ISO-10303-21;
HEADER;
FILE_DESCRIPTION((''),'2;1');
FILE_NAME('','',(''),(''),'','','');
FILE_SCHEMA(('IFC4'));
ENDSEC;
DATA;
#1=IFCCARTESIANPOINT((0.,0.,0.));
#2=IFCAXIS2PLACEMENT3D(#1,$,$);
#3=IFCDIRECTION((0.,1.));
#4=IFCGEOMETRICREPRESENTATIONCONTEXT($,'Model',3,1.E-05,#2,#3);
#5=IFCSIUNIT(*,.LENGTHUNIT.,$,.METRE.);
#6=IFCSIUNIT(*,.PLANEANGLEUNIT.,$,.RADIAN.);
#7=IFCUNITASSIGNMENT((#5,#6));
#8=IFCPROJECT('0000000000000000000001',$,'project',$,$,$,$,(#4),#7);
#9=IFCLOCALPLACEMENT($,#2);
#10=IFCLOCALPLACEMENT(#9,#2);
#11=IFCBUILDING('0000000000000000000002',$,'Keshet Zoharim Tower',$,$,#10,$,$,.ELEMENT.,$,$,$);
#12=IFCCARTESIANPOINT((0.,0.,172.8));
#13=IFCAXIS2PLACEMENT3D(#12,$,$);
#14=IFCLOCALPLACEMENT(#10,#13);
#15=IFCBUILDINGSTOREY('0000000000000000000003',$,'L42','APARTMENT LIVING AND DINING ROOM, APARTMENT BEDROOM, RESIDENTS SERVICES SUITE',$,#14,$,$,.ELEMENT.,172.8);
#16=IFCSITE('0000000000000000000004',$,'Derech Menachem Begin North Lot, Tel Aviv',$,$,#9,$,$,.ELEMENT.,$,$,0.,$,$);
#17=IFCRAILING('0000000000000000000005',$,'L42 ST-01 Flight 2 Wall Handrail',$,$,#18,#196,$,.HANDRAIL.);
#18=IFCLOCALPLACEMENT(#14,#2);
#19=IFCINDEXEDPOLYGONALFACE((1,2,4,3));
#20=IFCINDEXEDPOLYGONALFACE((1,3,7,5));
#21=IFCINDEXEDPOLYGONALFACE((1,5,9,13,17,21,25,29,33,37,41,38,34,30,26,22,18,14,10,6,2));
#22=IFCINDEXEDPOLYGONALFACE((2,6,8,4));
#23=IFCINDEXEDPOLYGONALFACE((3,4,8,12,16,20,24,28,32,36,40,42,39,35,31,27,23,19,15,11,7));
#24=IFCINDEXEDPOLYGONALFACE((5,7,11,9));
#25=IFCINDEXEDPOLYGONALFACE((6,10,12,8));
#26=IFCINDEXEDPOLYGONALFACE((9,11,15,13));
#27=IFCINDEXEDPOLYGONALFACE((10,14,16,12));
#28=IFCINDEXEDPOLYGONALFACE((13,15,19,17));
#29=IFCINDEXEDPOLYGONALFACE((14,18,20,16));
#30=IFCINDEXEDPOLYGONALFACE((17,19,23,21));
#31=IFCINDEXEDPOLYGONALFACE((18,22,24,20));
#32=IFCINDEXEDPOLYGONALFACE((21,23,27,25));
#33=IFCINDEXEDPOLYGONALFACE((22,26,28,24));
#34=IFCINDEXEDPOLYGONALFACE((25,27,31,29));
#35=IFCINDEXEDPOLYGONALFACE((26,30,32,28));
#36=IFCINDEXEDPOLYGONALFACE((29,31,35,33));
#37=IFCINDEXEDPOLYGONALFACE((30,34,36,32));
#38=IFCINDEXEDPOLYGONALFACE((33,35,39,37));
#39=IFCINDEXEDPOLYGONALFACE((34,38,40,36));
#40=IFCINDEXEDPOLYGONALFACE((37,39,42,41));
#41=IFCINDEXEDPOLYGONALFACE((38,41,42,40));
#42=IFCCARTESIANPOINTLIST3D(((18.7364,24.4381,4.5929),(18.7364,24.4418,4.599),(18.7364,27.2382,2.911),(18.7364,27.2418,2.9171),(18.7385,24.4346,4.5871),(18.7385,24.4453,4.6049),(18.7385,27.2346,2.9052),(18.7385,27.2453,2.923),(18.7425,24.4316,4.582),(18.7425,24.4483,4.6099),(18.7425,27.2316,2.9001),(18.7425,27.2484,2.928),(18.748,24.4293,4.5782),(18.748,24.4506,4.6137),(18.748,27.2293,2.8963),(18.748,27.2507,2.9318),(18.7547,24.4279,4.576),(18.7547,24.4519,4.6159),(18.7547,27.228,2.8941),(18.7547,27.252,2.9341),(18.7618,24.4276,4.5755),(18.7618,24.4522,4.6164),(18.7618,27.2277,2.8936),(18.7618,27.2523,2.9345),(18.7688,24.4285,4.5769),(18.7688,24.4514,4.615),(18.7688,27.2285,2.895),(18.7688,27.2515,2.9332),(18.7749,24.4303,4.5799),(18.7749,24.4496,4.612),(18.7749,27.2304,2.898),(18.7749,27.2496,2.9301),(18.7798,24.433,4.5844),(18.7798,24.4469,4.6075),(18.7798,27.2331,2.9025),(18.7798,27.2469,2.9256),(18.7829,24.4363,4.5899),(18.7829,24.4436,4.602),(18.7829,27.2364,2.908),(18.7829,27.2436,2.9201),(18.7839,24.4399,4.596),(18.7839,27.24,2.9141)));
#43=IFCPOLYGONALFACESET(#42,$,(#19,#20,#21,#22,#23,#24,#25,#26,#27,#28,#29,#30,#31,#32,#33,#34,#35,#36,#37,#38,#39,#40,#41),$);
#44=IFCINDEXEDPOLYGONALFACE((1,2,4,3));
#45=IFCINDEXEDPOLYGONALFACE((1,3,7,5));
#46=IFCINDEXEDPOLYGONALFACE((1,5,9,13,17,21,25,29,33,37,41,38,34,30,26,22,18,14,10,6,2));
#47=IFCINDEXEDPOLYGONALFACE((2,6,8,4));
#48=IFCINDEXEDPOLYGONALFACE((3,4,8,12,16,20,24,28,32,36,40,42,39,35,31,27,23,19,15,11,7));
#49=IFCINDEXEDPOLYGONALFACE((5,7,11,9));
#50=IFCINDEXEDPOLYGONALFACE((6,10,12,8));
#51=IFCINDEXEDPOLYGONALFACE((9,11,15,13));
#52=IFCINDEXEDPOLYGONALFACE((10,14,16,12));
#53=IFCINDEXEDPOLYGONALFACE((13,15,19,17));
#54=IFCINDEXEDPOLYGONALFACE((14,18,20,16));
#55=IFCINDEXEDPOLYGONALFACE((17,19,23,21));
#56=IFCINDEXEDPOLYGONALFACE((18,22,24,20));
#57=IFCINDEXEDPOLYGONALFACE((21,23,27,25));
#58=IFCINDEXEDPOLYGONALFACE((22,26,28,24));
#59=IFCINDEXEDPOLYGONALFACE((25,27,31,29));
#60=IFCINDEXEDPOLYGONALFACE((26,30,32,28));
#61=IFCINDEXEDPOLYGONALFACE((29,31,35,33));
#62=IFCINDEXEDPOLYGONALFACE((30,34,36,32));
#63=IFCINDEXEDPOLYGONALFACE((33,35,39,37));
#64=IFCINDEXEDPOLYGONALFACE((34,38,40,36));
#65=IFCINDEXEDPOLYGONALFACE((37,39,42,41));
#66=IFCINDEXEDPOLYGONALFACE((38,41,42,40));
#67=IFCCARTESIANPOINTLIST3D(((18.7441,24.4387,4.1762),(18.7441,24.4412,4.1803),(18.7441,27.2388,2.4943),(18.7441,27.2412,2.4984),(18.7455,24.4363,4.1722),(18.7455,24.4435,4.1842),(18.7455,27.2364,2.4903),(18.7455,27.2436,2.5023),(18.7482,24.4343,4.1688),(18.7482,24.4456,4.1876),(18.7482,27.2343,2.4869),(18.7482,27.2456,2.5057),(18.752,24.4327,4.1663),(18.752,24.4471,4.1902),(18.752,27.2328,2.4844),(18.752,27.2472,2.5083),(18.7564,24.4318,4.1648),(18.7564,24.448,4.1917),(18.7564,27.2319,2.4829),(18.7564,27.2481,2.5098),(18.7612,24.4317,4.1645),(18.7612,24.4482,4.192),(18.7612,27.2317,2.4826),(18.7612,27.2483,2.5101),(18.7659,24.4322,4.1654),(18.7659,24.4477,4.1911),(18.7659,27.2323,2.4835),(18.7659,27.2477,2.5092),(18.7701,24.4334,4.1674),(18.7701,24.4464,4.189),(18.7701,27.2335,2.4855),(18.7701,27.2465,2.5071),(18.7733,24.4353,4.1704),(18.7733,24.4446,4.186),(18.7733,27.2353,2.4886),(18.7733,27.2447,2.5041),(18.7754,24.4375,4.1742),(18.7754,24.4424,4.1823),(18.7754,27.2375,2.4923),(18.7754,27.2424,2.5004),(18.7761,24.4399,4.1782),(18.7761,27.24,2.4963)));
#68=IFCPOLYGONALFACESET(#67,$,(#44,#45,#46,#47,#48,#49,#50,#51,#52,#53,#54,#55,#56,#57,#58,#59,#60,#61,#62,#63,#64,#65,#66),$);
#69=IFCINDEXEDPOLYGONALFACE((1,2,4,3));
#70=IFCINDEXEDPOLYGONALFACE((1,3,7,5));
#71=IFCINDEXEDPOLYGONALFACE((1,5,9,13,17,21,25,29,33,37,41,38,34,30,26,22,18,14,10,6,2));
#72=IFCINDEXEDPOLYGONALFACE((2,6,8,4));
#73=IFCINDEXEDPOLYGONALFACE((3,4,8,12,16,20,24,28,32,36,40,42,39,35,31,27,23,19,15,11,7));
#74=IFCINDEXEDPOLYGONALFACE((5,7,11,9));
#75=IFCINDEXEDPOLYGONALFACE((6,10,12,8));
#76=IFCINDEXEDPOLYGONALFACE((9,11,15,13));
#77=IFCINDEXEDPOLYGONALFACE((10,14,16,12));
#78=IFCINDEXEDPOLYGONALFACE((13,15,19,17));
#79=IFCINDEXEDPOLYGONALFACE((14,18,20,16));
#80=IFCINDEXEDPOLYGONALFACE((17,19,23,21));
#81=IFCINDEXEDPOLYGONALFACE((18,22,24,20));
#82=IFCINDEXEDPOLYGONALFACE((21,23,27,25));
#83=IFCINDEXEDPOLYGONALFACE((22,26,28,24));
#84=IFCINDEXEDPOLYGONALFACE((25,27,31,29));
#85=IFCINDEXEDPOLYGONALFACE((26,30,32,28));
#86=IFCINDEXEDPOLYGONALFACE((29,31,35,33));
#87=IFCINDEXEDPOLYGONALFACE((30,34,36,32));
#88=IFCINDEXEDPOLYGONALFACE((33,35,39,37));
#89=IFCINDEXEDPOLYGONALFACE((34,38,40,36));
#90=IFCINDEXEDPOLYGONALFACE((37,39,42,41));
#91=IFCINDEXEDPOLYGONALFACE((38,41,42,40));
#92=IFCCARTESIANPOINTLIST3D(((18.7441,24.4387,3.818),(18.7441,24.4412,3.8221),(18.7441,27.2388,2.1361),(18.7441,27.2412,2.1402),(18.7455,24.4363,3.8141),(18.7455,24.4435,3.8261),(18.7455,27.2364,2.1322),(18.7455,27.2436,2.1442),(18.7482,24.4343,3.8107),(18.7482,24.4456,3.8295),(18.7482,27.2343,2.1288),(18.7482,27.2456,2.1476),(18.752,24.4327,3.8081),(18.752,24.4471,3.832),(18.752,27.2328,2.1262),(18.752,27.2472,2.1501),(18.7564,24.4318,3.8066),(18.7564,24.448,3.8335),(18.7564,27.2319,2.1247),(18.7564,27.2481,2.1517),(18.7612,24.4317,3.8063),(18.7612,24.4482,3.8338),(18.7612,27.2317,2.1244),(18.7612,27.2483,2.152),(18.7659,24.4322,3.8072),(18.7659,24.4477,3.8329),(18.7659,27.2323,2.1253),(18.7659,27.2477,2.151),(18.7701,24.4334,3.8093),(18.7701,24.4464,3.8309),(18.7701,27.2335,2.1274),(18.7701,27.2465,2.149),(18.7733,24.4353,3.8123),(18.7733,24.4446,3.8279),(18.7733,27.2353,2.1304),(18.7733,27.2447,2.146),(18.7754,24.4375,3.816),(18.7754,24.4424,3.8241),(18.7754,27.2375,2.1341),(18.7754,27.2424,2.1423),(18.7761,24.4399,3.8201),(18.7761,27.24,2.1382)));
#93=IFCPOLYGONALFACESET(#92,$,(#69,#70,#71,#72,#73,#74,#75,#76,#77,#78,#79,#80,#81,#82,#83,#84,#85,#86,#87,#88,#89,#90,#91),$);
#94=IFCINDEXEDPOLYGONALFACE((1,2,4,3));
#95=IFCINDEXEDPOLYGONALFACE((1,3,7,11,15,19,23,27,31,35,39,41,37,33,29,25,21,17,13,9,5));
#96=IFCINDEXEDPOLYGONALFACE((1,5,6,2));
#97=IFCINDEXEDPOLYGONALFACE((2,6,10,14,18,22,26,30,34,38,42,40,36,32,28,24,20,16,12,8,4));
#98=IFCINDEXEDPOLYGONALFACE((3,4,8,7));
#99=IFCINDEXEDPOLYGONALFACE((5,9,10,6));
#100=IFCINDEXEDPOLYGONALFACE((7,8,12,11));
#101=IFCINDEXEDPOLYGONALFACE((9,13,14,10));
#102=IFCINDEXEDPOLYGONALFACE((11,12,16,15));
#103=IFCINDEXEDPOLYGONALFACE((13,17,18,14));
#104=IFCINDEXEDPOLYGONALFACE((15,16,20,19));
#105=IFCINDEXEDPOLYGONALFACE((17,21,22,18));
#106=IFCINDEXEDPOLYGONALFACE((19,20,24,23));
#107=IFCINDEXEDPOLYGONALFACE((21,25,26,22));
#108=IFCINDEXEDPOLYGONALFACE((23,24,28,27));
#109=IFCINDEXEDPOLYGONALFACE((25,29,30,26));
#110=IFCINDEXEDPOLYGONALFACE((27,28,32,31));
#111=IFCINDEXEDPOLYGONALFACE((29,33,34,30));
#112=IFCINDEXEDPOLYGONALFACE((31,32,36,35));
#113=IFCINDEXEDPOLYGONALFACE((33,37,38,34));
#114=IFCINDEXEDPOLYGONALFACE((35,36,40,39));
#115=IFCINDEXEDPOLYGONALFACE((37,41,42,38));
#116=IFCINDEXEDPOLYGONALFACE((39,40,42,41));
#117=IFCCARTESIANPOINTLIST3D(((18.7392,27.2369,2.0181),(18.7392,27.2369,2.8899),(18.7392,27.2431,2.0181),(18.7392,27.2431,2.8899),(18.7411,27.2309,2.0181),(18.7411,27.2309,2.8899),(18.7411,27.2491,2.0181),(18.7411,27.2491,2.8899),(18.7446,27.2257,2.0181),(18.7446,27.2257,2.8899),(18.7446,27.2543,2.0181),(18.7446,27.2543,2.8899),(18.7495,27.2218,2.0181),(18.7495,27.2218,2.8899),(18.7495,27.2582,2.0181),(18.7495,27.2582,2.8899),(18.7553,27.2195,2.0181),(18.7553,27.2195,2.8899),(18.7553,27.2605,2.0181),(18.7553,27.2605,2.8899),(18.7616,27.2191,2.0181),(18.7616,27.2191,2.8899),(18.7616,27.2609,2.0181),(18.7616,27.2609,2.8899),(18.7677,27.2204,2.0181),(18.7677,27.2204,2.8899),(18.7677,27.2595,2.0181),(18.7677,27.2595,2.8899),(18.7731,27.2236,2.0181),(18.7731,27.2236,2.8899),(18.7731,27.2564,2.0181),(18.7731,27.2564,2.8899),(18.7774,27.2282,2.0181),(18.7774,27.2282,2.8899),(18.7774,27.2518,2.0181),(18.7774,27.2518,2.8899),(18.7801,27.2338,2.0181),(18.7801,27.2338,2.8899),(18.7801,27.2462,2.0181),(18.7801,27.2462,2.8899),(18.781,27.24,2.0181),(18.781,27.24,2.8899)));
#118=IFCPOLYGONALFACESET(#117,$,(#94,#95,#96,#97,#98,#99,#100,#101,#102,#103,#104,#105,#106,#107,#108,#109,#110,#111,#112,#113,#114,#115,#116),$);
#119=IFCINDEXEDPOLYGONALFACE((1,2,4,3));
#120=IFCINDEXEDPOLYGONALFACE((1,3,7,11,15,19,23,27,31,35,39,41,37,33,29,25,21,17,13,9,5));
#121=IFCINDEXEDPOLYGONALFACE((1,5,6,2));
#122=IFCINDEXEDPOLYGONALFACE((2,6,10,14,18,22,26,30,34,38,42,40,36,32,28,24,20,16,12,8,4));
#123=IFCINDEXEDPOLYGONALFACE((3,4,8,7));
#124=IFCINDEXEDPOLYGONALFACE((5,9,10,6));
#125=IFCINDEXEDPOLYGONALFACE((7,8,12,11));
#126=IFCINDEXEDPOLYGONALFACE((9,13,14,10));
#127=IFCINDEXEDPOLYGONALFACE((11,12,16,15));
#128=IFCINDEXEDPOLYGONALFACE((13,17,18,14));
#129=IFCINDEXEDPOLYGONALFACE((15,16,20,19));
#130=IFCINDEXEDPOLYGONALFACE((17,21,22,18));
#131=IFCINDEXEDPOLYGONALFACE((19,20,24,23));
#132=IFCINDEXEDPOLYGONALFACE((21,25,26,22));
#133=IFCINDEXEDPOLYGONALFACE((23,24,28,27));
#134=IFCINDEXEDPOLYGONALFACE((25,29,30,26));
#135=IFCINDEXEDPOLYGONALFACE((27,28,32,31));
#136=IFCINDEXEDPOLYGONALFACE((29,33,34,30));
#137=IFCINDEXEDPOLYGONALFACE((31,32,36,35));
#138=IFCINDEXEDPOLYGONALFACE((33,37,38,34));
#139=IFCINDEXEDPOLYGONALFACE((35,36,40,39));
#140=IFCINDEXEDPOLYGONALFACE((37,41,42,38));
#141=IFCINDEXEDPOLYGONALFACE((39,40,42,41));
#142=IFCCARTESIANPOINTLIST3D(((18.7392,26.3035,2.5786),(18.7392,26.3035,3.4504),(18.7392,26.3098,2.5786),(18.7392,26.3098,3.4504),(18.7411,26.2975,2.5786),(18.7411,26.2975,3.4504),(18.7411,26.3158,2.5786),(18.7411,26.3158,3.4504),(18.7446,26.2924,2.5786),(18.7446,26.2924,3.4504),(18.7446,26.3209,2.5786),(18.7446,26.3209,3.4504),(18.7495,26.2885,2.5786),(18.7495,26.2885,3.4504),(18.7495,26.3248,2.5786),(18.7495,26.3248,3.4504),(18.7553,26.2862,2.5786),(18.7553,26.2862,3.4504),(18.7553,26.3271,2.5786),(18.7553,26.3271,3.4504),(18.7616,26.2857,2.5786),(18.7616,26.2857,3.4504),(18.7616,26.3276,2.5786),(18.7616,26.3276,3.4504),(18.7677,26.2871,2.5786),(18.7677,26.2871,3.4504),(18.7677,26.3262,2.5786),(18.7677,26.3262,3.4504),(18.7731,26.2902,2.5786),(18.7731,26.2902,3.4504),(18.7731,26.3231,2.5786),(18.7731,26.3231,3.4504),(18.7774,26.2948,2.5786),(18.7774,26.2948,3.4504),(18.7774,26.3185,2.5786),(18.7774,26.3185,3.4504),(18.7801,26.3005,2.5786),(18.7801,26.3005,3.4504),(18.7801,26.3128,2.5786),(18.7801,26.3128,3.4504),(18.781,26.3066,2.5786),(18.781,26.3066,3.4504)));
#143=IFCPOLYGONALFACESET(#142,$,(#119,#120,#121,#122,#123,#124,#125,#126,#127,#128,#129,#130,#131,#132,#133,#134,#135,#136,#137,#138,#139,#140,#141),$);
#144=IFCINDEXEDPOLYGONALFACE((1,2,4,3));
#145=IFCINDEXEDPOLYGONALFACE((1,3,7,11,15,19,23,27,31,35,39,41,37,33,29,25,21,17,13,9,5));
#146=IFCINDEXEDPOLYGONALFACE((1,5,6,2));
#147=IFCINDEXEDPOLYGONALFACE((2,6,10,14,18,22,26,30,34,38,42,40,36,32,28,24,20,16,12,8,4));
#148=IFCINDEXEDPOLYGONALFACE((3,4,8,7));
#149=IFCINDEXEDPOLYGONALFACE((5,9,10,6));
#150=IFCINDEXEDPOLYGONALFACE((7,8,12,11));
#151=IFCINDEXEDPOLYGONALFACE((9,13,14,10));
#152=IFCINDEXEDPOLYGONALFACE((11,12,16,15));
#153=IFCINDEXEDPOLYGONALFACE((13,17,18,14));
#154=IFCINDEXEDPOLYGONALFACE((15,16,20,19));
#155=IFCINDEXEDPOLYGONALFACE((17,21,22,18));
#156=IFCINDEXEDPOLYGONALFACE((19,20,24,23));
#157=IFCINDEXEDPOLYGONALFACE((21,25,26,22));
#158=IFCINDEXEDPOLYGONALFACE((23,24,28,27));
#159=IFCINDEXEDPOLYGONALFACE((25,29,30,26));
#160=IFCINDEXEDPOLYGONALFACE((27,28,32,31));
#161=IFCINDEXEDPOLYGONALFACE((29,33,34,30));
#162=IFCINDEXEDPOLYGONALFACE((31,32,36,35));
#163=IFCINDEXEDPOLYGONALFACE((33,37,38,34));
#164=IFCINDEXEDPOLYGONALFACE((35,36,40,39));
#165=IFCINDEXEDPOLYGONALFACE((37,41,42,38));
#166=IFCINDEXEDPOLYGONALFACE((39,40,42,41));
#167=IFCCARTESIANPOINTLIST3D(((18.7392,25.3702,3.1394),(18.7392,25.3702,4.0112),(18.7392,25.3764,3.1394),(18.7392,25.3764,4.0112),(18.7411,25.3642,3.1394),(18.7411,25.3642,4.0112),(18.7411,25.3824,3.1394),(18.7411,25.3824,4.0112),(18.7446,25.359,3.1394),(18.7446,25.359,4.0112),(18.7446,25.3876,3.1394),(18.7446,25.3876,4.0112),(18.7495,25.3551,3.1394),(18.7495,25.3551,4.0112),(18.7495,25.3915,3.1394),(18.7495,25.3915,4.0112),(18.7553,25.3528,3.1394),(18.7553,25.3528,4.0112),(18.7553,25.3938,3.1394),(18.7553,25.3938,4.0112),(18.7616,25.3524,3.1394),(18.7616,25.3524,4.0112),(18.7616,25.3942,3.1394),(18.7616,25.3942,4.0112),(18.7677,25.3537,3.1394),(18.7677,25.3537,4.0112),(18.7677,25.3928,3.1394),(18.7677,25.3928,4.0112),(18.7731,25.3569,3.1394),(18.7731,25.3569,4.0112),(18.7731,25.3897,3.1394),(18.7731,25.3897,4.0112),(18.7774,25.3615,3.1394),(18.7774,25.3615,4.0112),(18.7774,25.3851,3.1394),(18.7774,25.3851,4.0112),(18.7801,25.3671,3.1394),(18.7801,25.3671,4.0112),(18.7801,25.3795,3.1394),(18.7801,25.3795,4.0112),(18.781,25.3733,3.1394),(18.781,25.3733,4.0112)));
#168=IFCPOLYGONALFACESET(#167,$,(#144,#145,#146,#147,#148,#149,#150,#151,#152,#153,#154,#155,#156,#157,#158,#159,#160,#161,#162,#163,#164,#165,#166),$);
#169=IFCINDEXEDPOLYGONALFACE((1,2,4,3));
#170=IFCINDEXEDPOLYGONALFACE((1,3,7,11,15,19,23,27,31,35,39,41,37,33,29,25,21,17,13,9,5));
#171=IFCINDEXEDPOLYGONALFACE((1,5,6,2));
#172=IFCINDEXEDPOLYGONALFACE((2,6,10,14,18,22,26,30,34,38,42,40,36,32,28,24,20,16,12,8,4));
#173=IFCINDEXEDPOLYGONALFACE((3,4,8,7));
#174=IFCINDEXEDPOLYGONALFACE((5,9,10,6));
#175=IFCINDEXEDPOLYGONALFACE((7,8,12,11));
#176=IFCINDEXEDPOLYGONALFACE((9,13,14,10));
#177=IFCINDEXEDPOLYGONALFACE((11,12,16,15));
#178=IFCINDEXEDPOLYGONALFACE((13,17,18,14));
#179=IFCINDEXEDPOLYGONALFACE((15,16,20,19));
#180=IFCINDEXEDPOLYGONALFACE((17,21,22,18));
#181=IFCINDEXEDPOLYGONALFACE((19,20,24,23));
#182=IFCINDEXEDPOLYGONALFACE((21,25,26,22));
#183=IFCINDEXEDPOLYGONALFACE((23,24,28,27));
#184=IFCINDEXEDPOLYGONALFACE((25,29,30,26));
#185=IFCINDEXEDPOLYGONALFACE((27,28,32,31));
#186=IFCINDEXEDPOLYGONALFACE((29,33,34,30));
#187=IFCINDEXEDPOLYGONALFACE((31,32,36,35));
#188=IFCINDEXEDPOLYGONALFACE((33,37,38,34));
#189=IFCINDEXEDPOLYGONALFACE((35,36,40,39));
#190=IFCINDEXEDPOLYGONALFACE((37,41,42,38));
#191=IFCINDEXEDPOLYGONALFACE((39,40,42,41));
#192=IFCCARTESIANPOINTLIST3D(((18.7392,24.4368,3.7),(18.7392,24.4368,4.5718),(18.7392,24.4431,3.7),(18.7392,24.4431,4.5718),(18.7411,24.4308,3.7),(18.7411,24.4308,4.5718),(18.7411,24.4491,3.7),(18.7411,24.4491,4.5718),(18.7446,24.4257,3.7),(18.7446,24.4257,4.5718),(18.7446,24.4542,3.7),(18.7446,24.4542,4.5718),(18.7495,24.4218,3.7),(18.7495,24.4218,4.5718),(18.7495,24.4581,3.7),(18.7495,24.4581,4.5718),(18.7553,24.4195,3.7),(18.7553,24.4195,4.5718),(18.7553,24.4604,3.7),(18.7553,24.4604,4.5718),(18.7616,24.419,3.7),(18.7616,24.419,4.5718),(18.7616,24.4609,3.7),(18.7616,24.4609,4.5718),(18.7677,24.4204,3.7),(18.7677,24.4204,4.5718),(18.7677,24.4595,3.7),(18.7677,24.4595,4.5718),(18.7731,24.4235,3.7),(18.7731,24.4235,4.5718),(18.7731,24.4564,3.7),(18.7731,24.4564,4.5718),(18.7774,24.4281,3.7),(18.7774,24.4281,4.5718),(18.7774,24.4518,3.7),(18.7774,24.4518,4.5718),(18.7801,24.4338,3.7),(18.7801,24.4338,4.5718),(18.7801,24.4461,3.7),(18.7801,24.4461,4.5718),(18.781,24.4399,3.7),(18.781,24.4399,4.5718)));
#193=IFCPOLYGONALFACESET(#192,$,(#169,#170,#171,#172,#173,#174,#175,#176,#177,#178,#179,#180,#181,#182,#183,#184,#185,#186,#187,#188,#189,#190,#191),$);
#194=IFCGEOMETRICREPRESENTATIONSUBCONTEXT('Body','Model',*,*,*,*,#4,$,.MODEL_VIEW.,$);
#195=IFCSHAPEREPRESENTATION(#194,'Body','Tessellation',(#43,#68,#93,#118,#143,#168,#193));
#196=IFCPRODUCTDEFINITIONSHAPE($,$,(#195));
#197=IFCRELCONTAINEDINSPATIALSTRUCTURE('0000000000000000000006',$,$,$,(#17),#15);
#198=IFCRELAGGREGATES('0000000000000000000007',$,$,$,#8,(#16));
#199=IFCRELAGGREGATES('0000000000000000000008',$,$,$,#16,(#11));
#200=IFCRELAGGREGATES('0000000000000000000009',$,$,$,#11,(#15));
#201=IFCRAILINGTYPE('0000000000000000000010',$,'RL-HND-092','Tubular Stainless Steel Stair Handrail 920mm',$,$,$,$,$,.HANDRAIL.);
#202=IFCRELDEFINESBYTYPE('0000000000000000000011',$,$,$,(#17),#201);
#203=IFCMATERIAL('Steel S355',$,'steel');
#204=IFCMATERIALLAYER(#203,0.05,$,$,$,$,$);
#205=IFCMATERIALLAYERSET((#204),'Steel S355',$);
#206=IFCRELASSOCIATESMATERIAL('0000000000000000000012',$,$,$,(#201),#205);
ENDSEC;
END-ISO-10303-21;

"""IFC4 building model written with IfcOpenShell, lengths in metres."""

from ifc_helpers import new_model, si_unit, direction, frame, origin, origin_2d, place, context, subcontext, project, spatial, circle, extrude, material, layer, layer_set, type_object, element, save


model = new_model("IFC4")

# Units and contexts
model_context = context("Model", 3, precision=1e-05, world=origin(), true_north=direction((0.0, 1.0)))
body_context = subcontext(model_context, "Body", "Model", "MODEL_VIEW")
ifc_project = project(units=[si_unit("LENGTHUNIT", "METRE"), si_unit("PLANEANGLEUNIT", "RADIAN")], contexts=[model_context])

# Site, building, storey
site_placement = place(None, origin())
site = spatial("IfcSite", under=ifc_project, at=site_placement, Name="Derech Menachem Begin North Lot, Tel Aviv", CompositionType="ELEMENT", RefElevation=0.0)
building_placement = place(site_placement, origin())
building = spatial("IfcBuilding", under=site, at=building_placement, Name="Keshet Zoharim Tower", CompositionType="ELEMENT")
storey_placement = place(building_placement, frame((0.0, 0.0, 172.8)))
storey = spatial("IfcBuildingStorey", under=building, at=storey_placement, Name="L42", Description="APARTMENT LIVING AND DINING ROOM, APARTMENT BEDROOM, RESIDENTS SERVICES SUITE", CompositionType="ELEMENT", Elevation=172.8)

# Shared definitions
ifc_material_1 = material(Name="Steel S355", Category="steel")

# Railing
ifc_layer_1 = layer(ifc_material_1, 0.05)
ifc_layer_set_1 = layer_set([ifc_layer_1], Name="Steel S355")
railing_type_1 = type_object("IfcRailingType", Name="RL-HND-092", Description="Tubular Stainless Steel Stair Handrail 920mm", PredefinedType="HANDRAIL", material=ifc_layer_set_1)
for number, where, name in (
    (1, (18.76, 27.24, 2.0181), "L42 ST-01 Flight 2 Wall Handrail"),
):
    element("IfcRailing", number, at=place(storey_placement, frame(where)), inside=storey, type_object=railing_type_1, Name=name, PredefinedType="HANDRAIL", context=body_context, shape_type="SweptSolid", body=[
        extrude(circle(Radius=0.0239, at=origin_2d()), frame((0.0, 0.0, 0.896), z_axis=(0.0, -0.857242, 0.514913), x_axis=(1.0, 0.0, 0.0)), (0.0, 0.0, 1.0), 3.2664),
        extrude(circle(Radius=0.0161, at=origin_2d()), frame((0.0, 0.0, 0.4783), z_axis=(0.0, -0.857242, 0.514913), x_axis=(1.0, 0.0, 0.0)), (0.0, 0.0, 1.0), 3.2664),
        extrude(circle(Radius=0.0161, at=origin_2d()), frame((0.0, 0.0, 0.1201), z_axis=(0.0, -0.857242, 0.514913), x_axis=(1.0, 0.0, 0.0)), (0.0, 0.0, 1.0), 3.2664),
        extrude(circle(Radius=0.021, at=origin_2d()), origin(), (0.0, 0.0, 1.0), 0.8718),
        extrude(circle(Radius=0.021, at=origin_2d()), frame((0.0, -0.9333, 0.5605)), (0.0, 0.0, 1.0), 0.8718),
        extrude(circle(Radius=0.021, at=origin_2d()), frame((0.0, -1.8667, 1.1213)), (0.0, 0.0, 1.0), 0.8718),
        extrude(circle(Radius=0.021, at=origin_2d()), frame((0.0, -2.8, 1.6819)), (0.0, 0.0, 1.0), 0.8718),
    ])

save(model, "model.ifc")
